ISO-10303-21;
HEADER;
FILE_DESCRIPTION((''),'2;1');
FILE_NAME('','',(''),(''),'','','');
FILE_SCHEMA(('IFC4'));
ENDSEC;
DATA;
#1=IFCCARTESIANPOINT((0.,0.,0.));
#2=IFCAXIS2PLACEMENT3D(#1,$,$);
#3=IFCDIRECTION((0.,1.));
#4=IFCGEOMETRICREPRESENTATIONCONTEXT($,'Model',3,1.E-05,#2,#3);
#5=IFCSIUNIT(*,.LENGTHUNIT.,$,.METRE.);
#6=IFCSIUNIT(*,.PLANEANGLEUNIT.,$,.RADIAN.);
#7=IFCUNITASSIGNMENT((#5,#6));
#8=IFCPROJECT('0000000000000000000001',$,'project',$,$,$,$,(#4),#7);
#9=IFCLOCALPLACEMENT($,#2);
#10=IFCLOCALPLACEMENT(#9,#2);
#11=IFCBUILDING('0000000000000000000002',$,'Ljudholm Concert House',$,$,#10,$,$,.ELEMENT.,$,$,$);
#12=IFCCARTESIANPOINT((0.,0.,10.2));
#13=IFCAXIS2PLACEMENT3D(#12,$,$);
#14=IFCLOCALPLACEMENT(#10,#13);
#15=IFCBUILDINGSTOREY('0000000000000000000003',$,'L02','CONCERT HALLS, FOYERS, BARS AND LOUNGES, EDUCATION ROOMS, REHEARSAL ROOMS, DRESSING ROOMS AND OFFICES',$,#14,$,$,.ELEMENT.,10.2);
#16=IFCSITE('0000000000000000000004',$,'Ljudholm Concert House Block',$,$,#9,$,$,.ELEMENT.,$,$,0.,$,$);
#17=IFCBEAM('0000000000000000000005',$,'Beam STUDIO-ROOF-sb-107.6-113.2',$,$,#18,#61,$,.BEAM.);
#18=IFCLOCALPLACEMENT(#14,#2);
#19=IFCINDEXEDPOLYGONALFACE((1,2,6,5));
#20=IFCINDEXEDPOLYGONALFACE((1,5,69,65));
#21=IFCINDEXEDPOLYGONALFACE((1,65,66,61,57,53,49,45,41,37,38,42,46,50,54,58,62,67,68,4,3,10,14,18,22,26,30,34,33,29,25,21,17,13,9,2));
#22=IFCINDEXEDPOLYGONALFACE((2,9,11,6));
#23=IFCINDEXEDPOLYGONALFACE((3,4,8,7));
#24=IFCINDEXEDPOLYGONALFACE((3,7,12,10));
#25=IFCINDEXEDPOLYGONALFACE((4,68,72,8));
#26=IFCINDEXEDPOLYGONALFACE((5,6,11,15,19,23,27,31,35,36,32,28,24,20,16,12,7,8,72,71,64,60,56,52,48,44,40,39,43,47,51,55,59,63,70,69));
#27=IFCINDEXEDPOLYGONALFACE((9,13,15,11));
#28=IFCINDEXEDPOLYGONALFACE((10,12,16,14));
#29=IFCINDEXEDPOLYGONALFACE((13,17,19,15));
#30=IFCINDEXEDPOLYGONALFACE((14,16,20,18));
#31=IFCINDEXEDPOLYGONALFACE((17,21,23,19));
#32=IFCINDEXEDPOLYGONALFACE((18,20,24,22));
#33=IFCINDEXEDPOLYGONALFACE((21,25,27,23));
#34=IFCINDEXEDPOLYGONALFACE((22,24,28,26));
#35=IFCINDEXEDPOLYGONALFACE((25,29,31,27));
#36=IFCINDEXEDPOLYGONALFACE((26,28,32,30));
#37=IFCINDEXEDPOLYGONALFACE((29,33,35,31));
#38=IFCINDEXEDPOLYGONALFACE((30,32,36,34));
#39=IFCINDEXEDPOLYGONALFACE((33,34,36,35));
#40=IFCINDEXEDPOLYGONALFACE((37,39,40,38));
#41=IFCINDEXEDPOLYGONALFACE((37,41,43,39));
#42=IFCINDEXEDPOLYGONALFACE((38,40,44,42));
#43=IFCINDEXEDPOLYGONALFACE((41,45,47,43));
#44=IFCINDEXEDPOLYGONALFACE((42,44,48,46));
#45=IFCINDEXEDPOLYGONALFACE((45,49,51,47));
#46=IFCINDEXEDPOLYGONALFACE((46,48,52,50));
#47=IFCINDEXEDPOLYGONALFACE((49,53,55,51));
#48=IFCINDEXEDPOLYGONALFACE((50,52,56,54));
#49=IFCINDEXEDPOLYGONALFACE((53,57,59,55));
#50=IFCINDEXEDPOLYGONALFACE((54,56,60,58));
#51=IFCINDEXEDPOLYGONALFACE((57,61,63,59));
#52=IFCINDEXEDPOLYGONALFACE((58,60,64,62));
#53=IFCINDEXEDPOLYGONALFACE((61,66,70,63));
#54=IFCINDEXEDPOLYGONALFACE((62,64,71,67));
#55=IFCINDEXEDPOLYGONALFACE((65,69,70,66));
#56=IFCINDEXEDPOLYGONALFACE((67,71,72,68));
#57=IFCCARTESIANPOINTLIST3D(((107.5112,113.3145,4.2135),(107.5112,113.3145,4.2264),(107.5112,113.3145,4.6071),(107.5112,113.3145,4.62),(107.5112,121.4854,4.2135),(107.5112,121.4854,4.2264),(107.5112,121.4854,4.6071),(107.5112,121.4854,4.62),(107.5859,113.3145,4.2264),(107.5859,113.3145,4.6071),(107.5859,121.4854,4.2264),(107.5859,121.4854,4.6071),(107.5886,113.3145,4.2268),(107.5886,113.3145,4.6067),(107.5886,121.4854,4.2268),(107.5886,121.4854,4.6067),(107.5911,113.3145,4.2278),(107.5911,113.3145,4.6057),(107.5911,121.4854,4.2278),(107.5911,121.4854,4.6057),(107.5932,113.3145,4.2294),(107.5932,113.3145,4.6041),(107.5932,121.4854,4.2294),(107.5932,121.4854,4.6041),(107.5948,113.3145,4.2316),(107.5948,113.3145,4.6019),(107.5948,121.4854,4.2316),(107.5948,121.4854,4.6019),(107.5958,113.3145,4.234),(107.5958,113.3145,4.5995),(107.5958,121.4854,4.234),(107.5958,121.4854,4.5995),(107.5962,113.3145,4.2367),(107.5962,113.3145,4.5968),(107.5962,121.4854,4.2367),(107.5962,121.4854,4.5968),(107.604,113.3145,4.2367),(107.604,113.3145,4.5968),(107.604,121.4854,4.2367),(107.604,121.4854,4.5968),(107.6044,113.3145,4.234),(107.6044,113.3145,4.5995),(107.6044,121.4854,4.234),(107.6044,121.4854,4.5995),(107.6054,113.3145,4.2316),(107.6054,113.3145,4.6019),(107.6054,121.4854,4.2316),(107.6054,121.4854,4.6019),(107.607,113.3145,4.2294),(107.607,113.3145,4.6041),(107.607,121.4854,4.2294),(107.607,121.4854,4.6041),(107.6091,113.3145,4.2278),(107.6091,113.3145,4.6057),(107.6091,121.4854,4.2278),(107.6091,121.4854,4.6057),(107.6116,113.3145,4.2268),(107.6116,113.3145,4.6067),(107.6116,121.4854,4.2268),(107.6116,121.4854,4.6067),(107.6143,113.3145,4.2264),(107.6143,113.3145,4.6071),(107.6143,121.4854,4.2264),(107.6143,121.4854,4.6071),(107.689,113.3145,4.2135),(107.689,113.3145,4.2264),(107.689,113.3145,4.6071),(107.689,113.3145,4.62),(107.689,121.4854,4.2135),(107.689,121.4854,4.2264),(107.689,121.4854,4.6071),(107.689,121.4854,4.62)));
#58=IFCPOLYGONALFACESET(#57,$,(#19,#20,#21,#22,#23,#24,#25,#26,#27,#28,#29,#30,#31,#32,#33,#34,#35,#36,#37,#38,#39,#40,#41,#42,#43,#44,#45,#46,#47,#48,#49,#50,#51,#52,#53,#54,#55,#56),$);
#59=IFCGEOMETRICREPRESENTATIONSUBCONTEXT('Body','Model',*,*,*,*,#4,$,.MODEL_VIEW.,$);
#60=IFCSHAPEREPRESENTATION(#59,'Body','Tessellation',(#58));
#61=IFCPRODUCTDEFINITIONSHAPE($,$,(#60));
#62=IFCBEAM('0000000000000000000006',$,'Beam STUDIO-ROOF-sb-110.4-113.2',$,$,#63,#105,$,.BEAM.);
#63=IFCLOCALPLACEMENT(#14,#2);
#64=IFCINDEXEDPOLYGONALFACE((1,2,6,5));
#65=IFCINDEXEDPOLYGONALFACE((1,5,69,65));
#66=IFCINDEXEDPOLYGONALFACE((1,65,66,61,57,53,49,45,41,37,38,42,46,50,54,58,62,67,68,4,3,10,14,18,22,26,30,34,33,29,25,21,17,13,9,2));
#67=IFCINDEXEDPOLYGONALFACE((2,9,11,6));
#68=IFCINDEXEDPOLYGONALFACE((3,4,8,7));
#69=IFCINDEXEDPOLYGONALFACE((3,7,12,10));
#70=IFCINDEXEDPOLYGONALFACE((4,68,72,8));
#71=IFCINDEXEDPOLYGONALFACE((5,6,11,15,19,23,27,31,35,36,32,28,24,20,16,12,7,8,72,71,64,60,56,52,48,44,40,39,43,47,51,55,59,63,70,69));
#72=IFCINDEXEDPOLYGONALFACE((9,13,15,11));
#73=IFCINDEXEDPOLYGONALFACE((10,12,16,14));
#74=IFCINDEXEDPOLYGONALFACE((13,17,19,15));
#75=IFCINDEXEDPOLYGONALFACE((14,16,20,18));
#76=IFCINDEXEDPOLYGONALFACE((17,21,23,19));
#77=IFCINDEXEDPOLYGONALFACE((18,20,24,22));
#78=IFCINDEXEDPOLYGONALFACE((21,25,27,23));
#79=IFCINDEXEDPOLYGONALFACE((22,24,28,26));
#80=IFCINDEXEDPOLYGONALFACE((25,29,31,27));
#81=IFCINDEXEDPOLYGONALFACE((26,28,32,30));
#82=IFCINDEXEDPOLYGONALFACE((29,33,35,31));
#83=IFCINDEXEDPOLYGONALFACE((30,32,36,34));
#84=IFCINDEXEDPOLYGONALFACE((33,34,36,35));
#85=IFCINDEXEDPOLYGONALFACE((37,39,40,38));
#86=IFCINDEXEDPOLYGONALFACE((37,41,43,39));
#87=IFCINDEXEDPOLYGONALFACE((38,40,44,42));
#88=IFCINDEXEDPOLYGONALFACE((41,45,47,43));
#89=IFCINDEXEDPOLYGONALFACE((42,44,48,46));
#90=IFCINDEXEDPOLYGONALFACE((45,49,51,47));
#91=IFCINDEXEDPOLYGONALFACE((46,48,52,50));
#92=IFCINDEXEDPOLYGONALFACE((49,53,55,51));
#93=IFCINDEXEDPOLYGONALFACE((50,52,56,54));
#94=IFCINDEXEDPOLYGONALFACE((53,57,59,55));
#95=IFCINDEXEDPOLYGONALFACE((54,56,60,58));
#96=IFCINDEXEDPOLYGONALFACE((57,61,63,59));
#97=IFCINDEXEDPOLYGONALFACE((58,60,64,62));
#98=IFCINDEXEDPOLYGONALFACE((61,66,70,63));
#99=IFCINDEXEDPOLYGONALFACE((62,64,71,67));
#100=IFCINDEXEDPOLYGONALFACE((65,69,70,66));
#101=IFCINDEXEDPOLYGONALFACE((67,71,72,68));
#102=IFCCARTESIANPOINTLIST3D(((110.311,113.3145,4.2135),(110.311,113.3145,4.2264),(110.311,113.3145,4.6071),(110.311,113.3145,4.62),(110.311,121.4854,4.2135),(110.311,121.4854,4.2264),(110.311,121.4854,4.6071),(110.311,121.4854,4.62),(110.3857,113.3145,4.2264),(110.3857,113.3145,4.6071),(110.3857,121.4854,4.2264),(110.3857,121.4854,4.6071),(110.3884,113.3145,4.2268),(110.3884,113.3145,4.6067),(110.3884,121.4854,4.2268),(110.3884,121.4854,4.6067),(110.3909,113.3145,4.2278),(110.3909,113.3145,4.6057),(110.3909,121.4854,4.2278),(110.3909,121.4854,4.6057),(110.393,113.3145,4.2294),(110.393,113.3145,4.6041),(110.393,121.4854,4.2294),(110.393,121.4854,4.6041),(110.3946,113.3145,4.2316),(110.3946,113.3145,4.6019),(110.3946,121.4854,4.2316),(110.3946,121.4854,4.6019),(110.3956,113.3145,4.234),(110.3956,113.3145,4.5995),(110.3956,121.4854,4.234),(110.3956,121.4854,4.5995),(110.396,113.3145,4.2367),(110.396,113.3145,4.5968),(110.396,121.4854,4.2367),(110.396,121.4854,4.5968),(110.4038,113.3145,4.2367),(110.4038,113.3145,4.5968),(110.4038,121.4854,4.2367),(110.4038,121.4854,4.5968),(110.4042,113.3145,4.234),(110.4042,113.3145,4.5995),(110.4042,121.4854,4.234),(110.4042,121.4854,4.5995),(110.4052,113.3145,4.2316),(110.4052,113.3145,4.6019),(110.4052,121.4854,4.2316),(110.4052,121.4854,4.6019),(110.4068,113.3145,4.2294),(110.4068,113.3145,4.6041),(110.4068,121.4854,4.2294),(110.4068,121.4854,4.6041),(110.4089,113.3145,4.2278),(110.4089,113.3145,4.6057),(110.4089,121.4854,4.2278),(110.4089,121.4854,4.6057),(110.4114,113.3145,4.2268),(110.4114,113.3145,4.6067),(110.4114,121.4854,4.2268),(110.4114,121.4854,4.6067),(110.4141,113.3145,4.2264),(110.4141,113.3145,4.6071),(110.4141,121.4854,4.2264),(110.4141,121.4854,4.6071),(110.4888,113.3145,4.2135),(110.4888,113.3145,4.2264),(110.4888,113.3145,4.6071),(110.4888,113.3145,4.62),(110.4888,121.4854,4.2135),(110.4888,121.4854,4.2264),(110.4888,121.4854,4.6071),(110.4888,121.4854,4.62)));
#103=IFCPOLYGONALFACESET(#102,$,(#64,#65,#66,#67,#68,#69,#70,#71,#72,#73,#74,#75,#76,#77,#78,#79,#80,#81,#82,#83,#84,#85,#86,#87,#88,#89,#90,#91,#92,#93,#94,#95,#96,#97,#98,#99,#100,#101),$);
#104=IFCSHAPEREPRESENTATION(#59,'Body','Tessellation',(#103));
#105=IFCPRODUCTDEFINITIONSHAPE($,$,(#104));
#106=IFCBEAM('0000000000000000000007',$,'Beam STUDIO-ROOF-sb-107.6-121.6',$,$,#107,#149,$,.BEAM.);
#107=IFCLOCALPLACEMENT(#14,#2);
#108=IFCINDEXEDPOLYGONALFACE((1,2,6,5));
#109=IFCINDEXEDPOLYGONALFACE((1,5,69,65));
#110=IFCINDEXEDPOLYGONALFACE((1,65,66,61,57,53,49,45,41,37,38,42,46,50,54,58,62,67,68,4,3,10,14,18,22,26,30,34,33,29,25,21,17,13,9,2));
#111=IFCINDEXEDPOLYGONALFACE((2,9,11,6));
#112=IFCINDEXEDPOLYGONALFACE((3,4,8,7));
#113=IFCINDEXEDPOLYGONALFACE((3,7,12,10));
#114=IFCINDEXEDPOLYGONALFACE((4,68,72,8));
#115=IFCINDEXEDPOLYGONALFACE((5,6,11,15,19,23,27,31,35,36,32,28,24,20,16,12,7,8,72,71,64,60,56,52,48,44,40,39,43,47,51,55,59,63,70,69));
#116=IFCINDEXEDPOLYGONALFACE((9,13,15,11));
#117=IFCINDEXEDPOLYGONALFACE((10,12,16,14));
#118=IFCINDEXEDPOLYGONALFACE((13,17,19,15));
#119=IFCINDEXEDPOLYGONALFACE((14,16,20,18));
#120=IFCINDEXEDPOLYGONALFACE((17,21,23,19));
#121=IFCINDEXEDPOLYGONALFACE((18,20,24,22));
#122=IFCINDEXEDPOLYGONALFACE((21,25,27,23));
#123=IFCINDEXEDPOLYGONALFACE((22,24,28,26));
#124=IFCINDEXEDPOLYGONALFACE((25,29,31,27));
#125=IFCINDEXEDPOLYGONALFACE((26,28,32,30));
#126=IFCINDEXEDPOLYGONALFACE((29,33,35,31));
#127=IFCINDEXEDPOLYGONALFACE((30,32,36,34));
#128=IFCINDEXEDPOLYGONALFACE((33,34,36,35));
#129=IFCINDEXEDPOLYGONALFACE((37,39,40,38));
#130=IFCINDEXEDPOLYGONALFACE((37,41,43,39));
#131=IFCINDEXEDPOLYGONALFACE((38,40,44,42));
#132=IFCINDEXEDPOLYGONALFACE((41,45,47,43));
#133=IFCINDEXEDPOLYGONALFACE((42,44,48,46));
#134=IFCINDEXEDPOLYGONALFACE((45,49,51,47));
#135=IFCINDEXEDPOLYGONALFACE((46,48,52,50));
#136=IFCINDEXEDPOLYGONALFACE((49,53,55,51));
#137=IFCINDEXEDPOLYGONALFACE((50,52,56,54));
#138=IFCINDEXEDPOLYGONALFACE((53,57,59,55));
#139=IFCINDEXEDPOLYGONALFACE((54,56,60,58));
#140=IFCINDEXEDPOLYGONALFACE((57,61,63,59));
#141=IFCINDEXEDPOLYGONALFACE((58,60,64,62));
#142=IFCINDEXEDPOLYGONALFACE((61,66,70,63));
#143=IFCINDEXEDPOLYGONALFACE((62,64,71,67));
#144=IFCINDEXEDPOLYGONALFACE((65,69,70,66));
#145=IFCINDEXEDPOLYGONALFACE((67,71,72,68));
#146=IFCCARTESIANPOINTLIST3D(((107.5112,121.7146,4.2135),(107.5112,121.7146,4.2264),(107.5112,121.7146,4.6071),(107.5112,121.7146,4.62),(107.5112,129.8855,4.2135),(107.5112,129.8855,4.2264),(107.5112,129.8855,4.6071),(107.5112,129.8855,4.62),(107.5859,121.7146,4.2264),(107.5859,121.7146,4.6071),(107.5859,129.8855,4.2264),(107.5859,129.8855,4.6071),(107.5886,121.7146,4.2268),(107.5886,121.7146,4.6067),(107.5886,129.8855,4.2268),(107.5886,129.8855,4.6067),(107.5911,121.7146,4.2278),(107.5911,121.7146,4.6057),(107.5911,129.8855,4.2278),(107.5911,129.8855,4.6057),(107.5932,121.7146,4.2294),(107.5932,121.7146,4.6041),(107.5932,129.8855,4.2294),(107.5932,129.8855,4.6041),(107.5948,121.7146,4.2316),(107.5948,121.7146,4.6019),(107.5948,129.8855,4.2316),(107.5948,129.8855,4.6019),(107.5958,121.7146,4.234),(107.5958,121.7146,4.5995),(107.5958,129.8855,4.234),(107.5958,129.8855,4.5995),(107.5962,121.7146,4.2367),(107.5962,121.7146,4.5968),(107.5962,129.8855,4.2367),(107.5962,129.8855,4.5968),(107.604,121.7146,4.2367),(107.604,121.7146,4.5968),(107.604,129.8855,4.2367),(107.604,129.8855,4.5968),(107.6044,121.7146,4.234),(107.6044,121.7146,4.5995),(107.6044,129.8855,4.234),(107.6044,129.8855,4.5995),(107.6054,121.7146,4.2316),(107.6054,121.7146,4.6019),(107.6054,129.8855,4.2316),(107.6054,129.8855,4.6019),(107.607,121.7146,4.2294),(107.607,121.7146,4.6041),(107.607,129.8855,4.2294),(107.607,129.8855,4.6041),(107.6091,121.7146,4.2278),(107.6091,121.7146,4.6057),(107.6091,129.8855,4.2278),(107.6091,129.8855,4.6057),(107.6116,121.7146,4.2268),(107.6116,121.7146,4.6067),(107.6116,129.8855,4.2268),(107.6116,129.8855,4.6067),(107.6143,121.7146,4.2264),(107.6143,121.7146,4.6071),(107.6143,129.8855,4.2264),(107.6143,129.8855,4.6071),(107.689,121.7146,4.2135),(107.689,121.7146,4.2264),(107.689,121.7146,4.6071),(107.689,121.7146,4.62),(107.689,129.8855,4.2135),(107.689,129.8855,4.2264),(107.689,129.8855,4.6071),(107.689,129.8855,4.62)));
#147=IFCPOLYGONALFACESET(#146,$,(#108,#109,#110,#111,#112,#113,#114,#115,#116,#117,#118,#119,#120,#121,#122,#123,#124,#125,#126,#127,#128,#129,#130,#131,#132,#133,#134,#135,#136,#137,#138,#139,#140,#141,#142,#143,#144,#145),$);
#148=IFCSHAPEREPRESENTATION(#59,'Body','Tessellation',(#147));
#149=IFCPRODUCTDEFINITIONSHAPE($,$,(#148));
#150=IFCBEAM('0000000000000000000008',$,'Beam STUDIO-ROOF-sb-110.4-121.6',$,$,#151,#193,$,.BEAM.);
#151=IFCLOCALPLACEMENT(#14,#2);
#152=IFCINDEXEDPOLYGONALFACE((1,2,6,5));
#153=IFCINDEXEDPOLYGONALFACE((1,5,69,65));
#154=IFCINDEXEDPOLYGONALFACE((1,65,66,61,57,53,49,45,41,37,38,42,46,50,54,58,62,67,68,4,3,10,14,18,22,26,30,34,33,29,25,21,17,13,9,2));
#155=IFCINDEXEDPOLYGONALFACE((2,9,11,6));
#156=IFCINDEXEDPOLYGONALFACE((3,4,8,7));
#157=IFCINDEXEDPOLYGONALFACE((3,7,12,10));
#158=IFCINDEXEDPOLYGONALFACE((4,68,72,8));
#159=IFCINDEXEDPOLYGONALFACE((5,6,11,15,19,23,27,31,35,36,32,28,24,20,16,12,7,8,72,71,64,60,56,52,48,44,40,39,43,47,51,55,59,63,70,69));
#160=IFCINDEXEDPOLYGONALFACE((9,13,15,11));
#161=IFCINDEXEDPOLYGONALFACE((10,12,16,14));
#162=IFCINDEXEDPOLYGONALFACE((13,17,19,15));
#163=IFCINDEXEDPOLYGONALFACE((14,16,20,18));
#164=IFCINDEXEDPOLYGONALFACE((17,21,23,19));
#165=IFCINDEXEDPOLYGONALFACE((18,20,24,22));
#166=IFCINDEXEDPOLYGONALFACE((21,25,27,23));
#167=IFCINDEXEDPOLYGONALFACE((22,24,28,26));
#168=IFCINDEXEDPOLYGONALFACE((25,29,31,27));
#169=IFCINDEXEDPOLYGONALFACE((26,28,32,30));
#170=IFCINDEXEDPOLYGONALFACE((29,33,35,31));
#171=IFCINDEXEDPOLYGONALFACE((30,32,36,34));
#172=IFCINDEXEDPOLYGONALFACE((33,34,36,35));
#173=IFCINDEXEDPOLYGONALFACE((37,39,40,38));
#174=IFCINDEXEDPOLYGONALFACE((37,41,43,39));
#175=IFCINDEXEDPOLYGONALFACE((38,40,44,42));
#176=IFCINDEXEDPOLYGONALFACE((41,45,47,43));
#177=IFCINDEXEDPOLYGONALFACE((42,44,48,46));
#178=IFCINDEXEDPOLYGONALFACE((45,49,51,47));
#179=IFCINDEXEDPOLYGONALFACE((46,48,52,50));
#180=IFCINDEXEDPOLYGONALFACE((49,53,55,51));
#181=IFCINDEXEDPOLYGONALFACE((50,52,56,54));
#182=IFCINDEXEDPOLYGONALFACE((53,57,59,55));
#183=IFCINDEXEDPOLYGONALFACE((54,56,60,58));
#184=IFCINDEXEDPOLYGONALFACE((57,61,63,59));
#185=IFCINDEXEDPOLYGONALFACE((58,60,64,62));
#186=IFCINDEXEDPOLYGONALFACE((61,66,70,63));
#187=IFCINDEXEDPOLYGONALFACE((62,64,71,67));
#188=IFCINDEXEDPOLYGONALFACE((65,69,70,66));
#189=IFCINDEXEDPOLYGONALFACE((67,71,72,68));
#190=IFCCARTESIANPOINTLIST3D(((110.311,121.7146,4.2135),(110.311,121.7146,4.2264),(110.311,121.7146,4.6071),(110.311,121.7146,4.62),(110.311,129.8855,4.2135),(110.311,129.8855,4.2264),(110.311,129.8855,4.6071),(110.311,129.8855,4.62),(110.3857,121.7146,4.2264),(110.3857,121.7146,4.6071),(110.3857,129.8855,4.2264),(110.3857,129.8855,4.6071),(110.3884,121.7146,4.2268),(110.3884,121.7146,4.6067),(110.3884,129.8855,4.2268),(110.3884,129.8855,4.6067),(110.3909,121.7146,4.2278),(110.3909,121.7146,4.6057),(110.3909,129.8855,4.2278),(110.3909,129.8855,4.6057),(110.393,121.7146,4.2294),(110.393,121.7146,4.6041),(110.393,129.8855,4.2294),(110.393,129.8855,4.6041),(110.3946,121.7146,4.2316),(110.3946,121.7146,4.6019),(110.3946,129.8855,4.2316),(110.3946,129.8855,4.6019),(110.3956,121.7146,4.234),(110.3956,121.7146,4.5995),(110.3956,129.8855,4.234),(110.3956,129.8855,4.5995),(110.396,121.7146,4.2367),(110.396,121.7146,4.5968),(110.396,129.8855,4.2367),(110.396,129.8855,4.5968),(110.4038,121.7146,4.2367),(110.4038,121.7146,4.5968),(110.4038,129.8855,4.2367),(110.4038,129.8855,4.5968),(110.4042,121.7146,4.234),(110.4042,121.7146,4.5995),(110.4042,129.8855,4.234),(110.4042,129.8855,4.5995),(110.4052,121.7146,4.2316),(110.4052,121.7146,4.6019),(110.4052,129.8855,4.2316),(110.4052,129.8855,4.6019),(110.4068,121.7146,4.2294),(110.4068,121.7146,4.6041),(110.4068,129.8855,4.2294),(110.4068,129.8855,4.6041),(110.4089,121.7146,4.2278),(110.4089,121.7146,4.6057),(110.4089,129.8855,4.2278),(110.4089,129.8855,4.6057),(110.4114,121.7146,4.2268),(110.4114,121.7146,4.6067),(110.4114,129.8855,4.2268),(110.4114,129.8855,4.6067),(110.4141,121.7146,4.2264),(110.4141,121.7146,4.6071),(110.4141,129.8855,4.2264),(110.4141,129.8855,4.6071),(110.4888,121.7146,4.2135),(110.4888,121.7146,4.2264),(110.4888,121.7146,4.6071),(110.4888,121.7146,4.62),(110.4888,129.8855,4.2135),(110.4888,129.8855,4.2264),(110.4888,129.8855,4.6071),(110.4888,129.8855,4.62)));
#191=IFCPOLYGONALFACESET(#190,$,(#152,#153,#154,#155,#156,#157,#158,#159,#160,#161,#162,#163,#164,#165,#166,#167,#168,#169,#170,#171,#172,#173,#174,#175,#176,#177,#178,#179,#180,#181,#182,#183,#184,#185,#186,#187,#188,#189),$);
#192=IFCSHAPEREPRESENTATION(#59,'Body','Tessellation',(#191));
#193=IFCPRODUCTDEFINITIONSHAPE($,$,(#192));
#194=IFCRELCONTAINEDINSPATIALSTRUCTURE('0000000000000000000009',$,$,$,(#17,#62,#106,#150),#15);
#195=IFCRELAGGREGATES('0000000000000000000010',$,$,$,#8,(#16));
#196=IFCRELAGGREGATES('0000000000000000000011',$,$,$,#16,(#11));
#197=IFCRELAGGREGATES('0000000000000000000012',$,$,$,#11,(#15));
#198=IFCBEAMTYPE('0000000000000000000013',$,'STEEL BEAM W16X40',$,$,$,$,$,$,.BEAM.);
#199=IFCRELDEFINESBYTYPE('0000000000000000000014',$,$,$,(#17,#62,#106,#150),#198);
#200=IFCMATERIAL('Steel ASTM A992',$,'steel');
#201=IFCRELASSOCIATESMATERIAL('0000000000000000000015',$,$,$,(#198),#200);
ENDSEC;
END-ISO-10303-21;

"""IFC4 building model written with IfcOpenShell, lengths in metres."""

from ifc_helpers import new_model, si_unit, direction, frame, origin, origin_2d, place, context, subcontext, project, spatial, i_section, extrude, material, material_profile, profile_set, type_object, element, save


model = new_model("IFC4")

# Units and contexts
model_context = context("Model", 3, precision=1e-05, world=origin(), true_north=direction((0.0, 1.0)))
body_context = subcontext(model_context, "Body", "Model", "MODEL_VIEW")
ifc_project = project(units=[si_unit("LENGTHUNIT", "METRE"), si_unit("PLANEANGLEUNIT", "RADIAN")], contexts=[model_context])

# Site, building, storey
site_placement = place(None, origin())
site = spatial("IfcSite", under=ifc_project, at=site_placement, Name="Ljudholm Concert House Block", CompositionType="ELEMENT", RefElevation=0.0)
building_placement = place(site_placement, origin())
building = spatial("IfcBuilding", under=site, at=building_placement, Name="Ljudholm Concert House", CompositionType="ELEMENT")
storey_placement = place(building_placement, frame((0.0, 0.0, 10.2)))
storey = spatial("IfcBuildingStorey", under=building, at=storey_placement, Name="L02", Description="CONCERT HALLS, FOYERS, BARS AND LOUNGES, EDUCATION ROOMS, REHEARSAL ROOMS, DRESSING ROOMS AND OFFICES", CompositionType="ELEMENT", Elevation=10.2)

# Beams
ifc_material_1 = material(Name="Steel ASTM A992", Category="steel")
ifc_material_profile_1 = material_profile(ifc_material_1, i_section(OverallWidth=0.1777, OverallDepth=0.4065, WebThickness=0.0078, FlangeThickness=0.0129, FilletRadius=0.0103, at=origin_2d()), Name="W16X40")
ifc_profile_set_1 = profile_set([ifc_material_profile_1], Name="Steel ASTM A992")
beam_type_1 = type_object("IfcBeamType", Name="STEEL BEAM W16X40", PredefinedType="BEAM", material=ifc_profile_set_1)
for number, where, z_axis, x_axis, name in (
    (1, (107.6001, 113.3145, 4.4167), (0.0, 1.0, 0.0), (-1.0, 0.0, 0.0), "Beam STUDIO-ROOF-sb-107.6-113.2"),
    (2, (110.3999, 113.3145, 4.4167), (0.0, 1.0, 0.0), (-1.0, 0.0, 0.0), "Beam STUDIO-ROOF-sb-110.4-113.2"),
    (3, (107.6001, 121.7146, 4.4167), (0.0, 1.0, 0.0), (-1.0, 0.0, 0.0), "Beam STUDIO-ROOF-sb-107.6-121.6"),
    (4, (110.3999, 121.7146, 4.4167), (0.0, 1.0, 0.0), (-1.0, 0.0, 0.0), "Beam STUDIO-ROOF-sb-110.4-121.6"),
):
    element("IfcBeam", number, at=place(storey_placement, frame(where, z_axis=z_axis, x_axis=x_axis)), inside=storey, type_object=beam_type_1, Name=name, PredefinedType="BEAM", context=body_context, shape_type="SweptSolid", body=[
        extrude(i_section(OverallWidth=0.1777, OverallDepth=0.4065, WebThickness=0.0078, FlangeThickness=0.0129, FilletRadius=0.0103, at=origin_2d()), origin(), (0.0, 0.0, 1.0), 8.1709),
    ])

save(model, "model.ifc")
